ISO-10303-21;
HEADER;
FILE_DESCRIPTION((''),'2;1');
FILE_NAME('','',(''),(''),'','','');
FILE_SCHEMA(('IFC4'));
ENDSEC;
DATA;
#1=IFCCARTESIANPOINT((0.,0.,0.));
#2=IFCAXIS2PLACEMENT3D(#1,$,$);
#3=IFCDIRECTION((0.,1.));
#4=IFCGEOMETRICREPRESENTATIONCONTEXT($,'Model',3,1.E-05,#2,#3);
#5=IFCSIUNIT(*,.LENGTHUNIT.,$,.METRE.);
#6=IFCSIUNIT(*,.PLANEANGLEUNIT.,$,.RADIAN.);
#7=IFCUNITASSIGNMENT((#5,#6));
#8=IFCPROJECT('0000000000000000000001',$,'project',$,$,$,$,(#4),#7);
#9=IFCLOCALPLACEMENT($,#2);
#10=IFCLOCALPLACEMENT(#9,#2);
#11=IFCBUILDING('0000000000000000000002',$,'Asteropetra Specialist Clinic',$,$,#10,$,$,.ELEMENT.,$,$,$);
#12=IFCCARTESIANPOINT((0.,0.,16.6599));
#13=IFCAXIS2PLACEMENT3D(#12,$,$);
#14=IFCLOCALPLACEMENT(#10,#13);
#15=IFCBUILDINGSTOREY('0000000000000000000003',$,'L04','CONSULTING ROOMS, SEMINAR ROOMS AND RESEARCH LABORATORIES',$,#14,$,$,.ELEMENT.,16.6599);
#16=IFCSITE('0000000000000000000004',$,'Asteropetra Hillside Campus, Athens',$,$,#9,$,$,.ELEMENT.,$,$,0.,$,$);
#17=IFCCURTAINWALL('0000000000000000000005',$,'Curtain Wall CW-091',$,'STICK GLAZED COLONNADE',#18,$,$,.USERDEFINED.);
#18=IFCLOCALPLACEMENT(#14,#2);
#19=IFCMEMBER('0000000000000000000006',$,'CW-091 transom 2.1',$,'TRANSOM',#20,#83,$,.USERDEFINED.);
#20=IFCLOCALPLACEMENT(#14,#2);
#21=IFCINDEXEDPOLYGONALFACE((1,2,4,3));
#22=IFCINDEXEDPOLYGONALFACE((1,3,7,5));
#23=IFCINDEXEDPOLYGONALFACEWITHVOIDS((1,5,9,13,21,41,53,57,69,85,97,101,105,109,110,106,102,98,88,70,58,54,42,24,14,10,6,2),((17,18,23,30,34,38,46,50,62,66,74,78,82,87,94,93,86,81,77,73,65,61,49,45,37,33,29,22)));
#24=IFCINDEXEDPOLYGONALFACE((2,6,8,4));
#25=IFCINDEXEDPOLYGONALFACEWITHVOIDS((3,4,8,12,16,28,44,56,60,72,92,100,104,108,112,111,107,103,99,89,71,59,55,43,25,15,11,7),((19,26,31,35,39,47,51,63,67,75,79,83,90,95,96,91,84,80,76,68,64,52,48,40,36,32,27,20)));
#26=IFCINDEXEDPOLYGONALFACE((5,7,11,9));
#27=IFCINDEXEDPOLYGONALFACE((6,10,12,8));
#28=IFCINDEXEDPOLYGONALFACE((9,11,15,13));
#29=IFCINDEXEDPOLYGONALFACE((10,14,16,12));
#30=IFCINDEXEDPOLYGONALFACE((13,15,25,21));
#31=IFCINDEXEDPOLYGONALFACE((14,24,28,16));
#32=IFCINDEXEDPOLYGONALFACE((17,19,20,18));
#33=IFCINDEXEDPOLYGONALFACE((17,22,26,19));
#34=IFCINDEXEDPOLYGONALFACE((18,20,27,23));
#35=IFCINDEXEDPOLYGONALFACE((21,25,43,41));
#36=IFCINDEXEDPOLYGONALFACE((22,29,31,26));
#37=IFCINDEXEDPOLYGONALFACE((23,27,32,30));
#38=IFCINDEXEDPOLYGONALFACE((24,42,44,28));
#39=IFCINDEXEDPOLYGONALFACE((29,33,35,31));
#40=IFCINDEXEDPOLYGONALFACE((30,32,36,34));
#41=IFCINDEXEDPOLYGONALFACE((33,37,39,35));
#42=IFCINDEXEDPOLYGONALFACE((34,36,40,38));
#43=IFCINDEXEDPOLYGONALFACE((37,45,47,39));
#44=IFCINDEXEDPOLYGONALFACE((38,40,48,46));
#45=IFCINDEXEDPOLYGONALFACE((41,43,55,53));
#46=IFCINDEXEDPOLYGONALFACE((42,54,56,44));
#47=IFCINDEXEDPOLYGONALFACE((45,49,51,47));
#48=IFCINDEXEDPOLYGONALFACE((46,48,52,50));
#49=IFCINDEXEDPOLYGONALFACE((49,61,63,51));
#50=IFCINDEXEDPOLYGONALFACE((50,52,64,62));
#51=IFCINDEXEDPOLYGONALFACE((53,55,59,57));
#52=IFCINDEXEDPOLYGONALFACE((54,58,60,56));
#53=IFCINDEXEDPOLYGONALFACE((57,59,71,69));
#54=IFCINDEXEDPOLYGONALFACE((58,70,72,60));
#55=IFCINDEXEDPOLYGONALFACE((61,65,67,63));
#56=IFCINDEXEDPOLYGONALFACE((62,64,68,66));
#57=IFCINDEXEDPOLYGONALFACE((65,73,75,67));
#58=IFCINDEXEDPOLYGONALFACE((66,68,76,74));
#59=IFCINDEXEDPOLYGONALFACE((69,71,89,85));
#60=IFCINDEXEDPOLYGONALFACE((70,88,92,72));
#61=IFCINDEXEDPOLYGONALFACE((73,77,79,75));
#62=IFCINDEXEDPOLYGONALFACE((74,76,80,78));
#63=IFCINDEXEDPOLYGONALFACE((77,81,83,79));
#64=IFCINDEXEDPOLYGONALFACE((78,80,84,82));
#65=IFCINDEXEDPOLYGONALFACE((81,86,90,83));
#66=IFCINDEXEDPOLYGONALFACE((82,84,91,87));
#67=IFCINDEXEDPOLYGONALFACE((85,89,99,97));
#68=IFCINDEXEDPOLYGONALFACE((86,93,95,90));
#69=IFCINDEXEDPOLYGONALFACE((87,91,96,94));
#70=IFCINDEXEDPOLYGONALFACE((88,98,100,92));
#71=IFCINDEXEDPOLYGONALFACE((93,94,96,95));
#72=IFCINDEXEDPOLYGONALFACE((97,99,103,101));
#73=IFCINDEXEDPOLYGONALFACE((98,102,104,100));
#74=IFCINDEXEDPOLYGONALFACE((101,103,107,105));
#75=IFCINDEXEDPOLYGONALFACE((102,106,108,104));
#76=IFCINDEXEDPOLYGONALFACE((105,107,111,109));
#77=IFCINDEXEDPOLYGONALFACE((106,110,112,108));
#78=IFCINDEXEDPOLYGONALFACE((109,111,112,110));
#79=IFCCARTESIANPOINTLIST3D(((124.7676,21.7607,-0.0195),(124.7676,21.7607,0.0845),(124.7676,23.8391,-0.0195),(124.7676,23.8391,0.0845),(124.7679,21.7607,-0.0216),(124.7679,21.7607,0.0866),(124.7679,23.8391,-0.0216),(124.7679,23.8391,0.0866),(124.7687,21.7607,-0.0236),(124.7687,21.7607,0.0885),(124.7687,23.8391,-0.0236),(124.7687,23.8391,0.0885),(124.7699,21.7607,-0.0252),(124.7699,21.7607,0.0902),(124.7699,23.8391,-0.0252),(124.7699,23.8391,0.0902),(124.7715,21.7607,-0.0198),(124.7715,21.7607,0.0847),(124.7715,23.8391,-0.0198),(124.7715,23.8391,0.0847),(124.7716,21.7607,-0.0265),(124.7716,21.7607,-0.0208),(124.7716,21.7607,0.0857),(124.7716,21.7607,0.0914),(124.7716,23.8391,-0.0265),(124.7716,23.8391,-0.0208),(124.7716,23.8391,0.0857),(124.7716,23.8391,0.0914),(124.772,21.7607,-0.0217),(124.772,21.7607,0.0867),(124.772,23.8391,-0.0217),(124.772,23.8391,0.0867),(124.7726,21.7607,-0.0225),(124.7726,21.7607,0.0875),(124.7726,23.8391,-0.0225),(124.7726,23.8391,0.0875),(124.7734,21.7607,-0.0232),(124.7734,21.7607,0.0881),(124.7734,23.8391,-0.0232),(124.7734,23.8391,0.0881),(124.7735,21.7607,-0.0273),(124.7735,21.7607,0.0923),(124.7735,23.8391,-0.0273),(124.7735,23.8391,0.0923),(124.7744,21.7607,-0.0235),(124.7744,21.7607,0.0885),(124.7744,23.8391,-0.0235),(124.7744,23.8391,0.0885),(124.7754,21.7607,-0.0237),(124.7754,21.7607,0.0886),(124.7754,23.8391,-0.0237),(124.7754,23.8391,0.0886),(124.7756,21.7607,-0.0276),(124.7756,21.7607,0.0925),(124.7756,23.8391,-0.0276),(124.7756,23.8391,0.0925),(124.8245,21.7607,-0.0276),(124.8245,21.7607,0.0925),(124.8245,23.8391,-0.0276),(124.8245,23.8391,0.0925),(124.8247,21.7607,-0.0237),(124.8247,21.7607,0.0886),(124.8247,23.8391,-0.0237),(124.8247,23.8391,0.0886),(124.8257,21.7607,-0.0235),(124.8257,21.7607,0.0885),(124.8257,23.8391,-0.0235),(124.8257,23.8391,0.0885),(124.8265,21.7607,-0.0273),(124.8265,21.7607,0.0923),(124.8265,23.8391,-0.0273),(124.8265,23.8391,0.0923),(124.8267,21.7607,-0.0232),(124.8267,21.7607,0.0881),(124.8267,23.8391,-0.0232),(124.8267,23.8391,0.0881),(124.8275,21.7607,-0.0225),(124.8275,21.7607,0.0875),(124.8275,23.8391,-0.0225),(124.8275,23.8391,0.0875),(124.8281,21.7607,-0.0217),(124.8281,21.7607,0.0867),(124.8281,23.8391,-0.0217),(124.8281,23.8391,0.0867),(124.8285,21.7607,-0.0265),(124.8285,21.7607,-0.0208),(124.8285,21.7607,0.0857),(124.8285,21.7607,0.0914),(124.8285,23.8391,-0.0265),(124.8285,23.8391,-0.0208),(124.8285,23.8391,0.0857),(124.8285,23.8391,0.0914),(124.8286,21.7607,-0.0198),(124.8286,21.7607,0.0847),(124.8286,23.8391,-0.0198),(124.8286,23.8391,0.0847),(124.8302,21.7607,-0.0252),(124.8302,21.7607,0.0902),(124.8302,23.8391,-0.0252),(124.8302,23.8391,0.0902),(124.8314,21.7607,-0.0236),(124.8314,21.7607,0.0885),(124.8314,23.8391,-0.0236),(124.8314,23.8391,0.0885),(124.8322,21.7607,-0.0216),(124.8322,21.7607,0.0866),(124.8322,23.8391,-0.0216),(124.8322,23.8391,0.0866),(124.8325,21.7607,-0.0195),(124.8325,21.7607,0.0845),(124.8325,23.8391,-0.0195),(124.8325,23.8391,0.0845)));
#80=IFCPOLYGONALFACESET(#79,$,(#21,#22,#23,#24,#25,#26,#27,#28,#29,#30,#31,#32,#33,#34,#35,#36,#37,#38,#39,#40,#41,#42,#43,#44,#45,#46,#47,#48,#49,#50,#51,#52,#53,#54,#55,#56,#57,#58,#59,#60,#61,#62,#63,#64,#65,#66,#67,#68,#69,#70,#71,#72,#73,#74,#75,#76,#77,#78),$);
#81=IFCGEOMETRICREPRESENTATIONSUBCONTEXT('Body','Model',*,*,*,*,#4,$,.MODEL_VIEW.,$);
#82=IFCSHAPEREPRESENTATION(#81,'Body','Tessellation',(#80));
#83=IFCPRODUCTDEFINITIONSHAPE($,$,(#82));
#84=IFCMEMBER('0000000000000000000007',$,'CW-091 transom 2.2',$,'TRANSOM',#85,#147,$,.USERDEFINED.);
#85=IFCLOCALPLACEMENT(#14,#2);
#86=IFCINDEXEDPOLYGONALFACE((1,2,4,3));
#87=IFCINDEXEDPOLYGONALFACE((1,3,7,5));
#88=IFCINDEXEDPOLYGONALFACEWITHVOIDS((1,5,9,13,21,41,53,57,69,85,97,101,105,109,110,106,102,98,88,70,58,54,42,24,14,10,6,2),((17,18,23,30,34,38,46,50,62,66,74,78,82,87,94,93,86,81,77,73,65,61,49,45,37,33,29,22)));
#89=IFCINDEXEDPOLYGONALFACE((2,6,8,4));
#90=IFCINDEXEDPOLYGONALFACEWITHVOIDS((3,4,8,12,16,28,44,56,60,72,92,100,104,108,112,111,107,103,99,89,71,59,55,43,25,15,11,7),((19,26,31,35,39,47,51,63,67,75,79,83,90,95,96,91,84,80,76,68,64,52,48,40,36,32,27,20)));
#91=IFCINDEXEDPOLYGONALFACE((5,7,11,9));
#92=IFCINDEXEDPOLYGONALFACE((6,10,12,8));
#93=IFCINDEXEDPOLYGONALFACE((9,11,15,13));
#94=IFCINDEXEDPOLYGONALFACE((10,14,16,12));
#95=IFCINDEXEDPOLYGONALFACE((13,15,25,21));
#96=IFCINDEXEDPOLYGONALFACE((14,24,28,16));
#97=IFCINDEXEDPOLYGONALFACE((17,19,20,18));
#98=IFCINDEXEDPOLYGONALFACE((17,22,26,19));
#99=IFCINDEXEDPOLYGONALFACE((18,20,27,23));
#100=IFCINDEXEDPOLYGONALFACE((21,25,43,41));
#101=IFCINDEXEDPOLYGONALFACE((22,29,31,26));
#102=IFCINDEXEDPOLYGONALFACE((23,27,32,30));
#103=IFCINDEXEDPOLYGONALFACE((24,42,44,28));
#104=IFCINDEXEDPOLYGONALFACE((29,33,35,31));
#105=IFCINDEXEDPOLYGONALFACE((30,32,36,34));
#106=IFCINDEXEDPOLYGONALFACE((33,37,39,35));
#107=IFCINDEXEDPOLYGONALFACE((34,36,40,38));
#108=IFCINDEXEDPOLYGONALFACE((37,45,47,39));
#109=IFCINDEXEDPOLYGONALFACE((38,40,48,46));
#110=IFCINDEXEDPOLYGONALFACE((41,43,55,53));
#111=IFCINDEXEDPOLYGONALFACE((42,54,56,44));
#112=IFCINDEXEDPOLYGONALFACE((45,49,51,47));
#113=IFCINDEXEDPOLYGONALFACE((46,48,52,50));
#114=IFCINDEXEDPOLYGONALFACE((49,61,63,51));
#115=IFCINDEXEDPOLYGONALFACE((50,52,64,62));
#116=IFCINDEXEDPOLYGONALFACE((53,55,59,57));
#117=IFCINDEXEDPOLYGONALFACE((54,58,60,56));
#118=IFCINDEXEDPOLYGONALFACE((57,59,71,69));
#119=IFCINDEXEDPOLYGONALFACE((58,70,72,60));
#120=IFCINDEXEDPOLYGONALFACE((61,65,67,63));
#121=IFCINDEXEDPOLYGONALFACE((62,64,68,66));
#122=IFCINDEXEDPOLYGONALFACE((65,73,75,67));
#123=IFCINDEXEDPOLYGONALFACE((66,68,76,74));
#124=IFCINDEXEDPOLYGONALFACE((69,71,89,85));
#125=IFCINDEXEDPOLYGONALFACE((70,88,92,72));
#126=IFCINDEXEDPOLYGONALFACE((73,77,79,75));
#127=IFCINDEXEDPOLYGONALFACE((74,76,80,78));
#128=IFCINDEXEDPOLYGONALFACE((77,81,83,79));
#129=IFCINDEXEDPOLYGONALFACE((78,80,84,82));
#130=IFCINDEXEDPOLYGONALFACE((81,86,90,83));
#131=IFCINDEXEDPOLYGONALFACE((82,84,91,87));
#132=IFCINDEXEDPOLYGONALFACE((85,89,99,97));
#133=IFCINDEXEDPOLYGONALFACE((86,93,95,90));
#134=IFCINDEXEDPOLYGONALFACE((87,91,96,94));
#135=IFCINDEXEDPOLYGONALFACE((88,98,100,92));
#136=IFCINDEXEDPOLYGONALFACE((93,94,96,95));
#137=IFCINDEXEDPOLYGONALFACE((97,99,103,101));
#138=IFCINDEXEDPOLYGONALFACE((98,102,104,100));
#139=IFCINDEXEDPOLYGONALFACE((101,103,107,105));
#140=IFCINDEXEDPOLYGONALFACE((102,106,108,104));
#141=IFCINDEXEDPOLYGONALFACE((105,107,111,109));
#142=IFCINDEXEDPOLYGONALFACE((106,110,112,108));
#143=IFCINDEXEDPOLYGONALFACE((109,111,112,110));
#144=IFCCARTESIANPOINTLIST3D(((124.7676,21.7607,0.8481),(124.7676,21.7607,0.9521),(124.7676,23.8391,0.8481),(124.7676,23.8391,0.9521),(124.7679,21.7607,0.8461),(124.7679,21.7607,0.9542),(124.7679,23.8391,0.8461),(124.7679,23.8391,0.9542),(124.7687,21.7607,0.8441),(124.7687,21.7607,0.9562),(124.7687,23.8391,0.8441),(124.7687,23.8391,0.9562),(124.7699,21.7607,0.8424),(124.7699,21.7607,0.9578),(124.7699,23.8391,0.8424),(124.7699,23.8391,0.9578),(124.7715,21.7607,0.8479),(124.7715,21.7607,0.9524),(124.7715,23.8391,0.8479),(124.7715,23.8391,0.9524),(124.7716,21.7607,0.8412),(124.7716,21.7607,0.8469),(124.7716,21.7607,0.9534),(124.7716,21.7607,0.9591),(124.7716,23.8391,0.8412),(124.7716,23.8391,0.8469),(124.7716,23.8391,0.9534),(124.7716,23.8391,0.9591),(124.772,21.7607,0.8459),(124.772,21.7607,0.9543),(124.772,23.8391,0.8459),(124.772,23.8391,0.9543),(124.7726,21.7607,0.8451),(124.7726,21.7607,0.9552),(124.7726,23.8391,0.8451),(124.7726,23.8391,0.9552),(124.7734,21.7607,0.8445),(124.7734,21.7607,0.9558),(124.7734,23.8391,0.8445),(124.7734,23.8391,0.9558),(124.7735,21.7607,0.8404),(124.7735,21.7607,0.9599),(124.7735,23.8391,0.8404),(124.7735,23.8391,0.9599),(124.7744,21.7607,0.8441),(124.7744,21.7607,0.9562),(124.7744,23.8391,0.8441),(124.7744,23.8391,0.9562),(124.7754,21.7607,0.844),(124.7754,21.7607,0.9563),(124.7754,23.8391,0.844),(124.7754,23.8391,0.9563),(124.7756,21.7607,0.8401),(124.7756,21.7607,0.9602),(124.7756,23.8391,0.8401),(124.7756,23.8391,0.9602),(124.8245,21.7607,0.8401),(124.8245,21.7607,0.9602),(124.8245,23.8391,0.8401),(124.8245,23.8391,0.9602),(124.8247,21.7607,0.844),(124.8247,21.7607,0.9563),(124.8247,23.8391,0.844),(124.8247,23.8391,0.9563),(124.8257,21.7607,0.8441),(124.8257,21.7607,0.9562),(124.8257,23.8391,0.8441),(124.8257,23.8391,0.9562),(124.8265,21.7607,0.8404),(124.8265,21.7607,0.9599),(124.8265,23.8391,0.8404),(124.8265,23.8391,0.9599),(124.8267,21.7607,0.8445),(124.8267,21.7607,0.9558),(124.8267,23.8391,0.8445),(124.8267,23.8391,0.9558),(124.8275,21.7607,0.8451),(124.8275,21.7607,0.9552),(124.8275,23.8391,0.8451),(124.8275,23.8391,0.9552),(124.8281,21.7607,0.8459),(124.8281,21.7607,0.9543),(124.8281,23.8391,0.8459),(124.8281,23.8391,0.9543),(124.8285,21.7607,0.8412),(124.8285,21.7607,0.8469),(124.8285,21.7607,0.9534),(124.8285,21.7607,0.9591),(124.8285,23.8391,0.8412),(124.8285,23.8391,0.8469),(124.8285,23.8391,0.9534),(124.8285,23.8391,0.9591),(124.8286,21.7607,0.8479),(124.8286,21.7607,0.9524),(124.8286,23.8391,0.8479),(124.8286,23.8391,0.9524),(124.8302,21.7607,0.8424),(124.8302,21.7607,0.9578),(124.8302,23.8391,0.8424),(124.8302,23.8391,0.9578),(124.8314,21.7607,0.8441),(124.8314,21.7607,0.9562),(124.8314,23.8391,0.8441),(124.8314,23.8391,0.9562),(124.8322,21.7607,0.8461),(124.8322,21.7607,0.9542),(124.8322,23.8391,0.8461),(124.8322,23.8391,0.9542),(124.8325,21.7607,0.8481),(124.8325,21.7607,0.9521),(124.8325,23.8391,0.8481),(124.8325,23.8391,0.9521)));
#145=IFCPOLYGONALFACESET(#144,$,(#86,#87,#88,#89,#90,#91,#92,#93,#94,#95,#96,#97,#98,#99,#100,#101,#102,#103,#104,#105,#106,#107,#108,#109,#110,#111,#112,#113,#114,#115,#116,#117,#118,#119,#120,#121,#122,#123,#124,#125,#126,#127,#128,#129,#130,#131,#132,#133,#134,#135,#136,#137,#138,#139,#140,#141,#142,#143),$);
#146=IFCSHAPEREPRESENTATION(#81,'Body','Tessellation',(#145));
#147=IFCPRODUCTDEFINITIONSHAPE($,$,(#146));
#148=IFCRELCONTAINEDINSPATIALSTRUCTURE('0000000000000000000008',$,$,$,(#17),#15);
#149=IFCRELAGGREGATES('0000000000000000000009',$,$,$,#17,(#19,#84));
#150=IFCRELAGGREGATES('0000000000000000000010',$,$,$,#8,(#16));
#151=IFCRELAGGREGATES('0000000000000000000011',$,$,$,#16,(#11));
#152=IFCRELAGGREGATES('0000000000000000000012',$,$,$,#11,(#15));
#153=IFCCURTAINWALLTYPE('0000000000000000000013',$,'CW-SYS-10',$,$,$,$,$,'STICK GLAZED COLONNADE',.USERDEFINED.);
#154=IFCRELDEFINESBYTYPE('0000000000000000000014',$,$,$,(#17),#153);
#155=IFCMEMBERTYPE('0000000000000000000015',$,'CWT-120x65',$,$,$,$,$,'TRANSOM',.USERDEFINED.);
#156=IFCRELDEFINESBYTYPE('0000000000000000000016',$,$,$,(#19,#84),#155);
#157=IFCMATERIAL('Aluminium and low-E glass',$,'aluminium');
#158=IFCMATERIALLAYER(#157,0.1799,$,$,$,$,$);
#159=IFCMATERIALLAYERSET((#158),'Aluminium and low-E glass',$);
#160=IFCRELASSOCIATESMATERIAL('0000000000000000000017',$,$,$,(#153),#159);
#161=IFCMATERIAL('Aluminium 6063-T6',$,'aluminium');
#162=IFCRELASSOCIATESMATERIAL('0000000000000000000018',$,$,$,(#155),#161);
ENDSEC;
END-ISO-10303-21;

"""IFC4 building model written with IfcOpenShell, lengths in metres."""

from ifc_helpers import new_model, si_unit, direction, frame, origin, origin_2d, place, context, subcontext, project, spatial, hollow_rectangle, extrude, material, layer, layer_set, material_profile, profile_set, type_object, element, aggregate, save


model = new_model("IFC4")

# Units and contexts
model_context = context("Model", 3, precision=1e-05, world=origin(), true_north=direction((0.0, 1.0)))
body_context = subcontext(model_context, "Body", "Model", "MODEL_VIEW")
ifc_project = project(units=[si_unit("LENGTHUNIT", "METRE"), si_unit("PLANEANGLEUNIT", "RADIAN")], contexts=[model_context])

# Site, building, storey
site_placement = place(None, origin())
site = spatial("IfcSite", under=ifc_project, at=site_placement, Name="Asteropetra Hillside Campus, Athens", CompositionType="ELEMENT", RefElevation=0.0)
building_placement = place(site_placement, origin())
building = spatial("IfcBuilding", under=site, at=building_placement, Name="Asteropetra Specialist Clinic", CompositionType="ELEMENT")
storey_placement = place(building_placement, frame((0.0, 0.0, 16.6599)))
storey = spatial("IfcBuildingStorey", under=building, at=storey_placement, Name="L04", Description="CONSULTING ROOMS, SEMINAR ROOMS AND RESEARCH LABORATORIES", CompositionType="ELEMENT", Elevation=16.6599)

# Curtain wall
ifc_material_1 = material(Name="Aluminium and low-E glass", Category="aluminium")
ifc_layer_1 = layer(ifc_material_1, 0.1799)
ifc_layer_set_1 = layer_set([ifc_layer_1], Name="Aluminium and low-E glass")
curtain_wall_type_1 = type_object("IfcCurtainWallType", Name="CW-SYS-10", ElementType="STICK GLAZED COLONNADE", PredefinedType="USERDEFINED", material=ifc_layer_set_1)
curtain_wall_1_placement = place(storey_placement, origin())
curtain_wall_1 = element("IfcCurtainWall", 1, at=curtain_wall_1_placement, inside=storey, type_object=curtain_wall_type_1, Name="Curtain Wall CW-091", ObjectType="STICK GLAZED COLONNADE", PredefinedType="USERDEFINED")

# Members
ifc_material_2 = material(Name="Aluminium 6063-T6", Category="aluminium")
ifc_material_profile_1 = material_profile(ifc_material_2, hollow_rectangle(XDim=0.0649, YDim=0.1201, WallThickness=0.0039, InnerFilletRadius=0.0039, OuterFilletRadius=0.0081, at=origin_2d()), Name="TRN 120x65x4.0")
ifc_profile_set_1 = profile_set([ifc_material_profile_1], Name="Aluminium 6063-T6")
member_type_1 = type_object("IfcMemberType", Name="CWT-120x65", ElementType="TRANSOM", PredefinedType="USERDEFINED", material=ifc_profile_set_1)
member_1_placement = place(storey_placement, frame((124.8, 23.8391, 0.0325), z_axis=(0.0, -1.0, 0.0), x_axis=(1.0, 0.0, 0.0)))
member_1 = element("IfcMember", 2, at=member_1_placement, type_object=member_type_1, Name="CW-091 transom 2.1", ObjectType="TRANSOM", PredefinedType="USERDEFINED", context=body_context, shape_type="SweptSolid", body=[
    extrude(hollow_rectangle(XDim=0.0649, YDim=0.1201, WallThickness=0.0039, InnerFilletRadius=0.0039, OuterFilletRadius=0.0081, at=origin_2d()), origin(), (0.0, 0.0, 1.0), 2.0784),
])
member_2_placement = place(storey_placement, frame((124.8, 23.8391, 0.9001), z_axis=(0.0, -1.0, 0.0), x_axis=(1.0, 0.0, 0.0)))
member_2 = element("IfcMember", 3, at=member_2_placement, type_object=member_type_1, Name="CW-091 transom 2.2", ObjectType="TRANSOM", PredefinedType="USERDEFINED", context=body_context, shape_type="SweptSolid", body=[
    extrude(hollow_rectangle(XDim=0.0649, YDim=0.1201, WallThickness=0.0039, InnerFilletRadius=0.0039, OuterFilletRadius=0.0081, at=origin_2d()), origin(), (0.0, 0.0, 1.0), 2.0784),
])

aggregate(curtain_wall_1, [member_1, member_2])

save(model, "model.ifc")
